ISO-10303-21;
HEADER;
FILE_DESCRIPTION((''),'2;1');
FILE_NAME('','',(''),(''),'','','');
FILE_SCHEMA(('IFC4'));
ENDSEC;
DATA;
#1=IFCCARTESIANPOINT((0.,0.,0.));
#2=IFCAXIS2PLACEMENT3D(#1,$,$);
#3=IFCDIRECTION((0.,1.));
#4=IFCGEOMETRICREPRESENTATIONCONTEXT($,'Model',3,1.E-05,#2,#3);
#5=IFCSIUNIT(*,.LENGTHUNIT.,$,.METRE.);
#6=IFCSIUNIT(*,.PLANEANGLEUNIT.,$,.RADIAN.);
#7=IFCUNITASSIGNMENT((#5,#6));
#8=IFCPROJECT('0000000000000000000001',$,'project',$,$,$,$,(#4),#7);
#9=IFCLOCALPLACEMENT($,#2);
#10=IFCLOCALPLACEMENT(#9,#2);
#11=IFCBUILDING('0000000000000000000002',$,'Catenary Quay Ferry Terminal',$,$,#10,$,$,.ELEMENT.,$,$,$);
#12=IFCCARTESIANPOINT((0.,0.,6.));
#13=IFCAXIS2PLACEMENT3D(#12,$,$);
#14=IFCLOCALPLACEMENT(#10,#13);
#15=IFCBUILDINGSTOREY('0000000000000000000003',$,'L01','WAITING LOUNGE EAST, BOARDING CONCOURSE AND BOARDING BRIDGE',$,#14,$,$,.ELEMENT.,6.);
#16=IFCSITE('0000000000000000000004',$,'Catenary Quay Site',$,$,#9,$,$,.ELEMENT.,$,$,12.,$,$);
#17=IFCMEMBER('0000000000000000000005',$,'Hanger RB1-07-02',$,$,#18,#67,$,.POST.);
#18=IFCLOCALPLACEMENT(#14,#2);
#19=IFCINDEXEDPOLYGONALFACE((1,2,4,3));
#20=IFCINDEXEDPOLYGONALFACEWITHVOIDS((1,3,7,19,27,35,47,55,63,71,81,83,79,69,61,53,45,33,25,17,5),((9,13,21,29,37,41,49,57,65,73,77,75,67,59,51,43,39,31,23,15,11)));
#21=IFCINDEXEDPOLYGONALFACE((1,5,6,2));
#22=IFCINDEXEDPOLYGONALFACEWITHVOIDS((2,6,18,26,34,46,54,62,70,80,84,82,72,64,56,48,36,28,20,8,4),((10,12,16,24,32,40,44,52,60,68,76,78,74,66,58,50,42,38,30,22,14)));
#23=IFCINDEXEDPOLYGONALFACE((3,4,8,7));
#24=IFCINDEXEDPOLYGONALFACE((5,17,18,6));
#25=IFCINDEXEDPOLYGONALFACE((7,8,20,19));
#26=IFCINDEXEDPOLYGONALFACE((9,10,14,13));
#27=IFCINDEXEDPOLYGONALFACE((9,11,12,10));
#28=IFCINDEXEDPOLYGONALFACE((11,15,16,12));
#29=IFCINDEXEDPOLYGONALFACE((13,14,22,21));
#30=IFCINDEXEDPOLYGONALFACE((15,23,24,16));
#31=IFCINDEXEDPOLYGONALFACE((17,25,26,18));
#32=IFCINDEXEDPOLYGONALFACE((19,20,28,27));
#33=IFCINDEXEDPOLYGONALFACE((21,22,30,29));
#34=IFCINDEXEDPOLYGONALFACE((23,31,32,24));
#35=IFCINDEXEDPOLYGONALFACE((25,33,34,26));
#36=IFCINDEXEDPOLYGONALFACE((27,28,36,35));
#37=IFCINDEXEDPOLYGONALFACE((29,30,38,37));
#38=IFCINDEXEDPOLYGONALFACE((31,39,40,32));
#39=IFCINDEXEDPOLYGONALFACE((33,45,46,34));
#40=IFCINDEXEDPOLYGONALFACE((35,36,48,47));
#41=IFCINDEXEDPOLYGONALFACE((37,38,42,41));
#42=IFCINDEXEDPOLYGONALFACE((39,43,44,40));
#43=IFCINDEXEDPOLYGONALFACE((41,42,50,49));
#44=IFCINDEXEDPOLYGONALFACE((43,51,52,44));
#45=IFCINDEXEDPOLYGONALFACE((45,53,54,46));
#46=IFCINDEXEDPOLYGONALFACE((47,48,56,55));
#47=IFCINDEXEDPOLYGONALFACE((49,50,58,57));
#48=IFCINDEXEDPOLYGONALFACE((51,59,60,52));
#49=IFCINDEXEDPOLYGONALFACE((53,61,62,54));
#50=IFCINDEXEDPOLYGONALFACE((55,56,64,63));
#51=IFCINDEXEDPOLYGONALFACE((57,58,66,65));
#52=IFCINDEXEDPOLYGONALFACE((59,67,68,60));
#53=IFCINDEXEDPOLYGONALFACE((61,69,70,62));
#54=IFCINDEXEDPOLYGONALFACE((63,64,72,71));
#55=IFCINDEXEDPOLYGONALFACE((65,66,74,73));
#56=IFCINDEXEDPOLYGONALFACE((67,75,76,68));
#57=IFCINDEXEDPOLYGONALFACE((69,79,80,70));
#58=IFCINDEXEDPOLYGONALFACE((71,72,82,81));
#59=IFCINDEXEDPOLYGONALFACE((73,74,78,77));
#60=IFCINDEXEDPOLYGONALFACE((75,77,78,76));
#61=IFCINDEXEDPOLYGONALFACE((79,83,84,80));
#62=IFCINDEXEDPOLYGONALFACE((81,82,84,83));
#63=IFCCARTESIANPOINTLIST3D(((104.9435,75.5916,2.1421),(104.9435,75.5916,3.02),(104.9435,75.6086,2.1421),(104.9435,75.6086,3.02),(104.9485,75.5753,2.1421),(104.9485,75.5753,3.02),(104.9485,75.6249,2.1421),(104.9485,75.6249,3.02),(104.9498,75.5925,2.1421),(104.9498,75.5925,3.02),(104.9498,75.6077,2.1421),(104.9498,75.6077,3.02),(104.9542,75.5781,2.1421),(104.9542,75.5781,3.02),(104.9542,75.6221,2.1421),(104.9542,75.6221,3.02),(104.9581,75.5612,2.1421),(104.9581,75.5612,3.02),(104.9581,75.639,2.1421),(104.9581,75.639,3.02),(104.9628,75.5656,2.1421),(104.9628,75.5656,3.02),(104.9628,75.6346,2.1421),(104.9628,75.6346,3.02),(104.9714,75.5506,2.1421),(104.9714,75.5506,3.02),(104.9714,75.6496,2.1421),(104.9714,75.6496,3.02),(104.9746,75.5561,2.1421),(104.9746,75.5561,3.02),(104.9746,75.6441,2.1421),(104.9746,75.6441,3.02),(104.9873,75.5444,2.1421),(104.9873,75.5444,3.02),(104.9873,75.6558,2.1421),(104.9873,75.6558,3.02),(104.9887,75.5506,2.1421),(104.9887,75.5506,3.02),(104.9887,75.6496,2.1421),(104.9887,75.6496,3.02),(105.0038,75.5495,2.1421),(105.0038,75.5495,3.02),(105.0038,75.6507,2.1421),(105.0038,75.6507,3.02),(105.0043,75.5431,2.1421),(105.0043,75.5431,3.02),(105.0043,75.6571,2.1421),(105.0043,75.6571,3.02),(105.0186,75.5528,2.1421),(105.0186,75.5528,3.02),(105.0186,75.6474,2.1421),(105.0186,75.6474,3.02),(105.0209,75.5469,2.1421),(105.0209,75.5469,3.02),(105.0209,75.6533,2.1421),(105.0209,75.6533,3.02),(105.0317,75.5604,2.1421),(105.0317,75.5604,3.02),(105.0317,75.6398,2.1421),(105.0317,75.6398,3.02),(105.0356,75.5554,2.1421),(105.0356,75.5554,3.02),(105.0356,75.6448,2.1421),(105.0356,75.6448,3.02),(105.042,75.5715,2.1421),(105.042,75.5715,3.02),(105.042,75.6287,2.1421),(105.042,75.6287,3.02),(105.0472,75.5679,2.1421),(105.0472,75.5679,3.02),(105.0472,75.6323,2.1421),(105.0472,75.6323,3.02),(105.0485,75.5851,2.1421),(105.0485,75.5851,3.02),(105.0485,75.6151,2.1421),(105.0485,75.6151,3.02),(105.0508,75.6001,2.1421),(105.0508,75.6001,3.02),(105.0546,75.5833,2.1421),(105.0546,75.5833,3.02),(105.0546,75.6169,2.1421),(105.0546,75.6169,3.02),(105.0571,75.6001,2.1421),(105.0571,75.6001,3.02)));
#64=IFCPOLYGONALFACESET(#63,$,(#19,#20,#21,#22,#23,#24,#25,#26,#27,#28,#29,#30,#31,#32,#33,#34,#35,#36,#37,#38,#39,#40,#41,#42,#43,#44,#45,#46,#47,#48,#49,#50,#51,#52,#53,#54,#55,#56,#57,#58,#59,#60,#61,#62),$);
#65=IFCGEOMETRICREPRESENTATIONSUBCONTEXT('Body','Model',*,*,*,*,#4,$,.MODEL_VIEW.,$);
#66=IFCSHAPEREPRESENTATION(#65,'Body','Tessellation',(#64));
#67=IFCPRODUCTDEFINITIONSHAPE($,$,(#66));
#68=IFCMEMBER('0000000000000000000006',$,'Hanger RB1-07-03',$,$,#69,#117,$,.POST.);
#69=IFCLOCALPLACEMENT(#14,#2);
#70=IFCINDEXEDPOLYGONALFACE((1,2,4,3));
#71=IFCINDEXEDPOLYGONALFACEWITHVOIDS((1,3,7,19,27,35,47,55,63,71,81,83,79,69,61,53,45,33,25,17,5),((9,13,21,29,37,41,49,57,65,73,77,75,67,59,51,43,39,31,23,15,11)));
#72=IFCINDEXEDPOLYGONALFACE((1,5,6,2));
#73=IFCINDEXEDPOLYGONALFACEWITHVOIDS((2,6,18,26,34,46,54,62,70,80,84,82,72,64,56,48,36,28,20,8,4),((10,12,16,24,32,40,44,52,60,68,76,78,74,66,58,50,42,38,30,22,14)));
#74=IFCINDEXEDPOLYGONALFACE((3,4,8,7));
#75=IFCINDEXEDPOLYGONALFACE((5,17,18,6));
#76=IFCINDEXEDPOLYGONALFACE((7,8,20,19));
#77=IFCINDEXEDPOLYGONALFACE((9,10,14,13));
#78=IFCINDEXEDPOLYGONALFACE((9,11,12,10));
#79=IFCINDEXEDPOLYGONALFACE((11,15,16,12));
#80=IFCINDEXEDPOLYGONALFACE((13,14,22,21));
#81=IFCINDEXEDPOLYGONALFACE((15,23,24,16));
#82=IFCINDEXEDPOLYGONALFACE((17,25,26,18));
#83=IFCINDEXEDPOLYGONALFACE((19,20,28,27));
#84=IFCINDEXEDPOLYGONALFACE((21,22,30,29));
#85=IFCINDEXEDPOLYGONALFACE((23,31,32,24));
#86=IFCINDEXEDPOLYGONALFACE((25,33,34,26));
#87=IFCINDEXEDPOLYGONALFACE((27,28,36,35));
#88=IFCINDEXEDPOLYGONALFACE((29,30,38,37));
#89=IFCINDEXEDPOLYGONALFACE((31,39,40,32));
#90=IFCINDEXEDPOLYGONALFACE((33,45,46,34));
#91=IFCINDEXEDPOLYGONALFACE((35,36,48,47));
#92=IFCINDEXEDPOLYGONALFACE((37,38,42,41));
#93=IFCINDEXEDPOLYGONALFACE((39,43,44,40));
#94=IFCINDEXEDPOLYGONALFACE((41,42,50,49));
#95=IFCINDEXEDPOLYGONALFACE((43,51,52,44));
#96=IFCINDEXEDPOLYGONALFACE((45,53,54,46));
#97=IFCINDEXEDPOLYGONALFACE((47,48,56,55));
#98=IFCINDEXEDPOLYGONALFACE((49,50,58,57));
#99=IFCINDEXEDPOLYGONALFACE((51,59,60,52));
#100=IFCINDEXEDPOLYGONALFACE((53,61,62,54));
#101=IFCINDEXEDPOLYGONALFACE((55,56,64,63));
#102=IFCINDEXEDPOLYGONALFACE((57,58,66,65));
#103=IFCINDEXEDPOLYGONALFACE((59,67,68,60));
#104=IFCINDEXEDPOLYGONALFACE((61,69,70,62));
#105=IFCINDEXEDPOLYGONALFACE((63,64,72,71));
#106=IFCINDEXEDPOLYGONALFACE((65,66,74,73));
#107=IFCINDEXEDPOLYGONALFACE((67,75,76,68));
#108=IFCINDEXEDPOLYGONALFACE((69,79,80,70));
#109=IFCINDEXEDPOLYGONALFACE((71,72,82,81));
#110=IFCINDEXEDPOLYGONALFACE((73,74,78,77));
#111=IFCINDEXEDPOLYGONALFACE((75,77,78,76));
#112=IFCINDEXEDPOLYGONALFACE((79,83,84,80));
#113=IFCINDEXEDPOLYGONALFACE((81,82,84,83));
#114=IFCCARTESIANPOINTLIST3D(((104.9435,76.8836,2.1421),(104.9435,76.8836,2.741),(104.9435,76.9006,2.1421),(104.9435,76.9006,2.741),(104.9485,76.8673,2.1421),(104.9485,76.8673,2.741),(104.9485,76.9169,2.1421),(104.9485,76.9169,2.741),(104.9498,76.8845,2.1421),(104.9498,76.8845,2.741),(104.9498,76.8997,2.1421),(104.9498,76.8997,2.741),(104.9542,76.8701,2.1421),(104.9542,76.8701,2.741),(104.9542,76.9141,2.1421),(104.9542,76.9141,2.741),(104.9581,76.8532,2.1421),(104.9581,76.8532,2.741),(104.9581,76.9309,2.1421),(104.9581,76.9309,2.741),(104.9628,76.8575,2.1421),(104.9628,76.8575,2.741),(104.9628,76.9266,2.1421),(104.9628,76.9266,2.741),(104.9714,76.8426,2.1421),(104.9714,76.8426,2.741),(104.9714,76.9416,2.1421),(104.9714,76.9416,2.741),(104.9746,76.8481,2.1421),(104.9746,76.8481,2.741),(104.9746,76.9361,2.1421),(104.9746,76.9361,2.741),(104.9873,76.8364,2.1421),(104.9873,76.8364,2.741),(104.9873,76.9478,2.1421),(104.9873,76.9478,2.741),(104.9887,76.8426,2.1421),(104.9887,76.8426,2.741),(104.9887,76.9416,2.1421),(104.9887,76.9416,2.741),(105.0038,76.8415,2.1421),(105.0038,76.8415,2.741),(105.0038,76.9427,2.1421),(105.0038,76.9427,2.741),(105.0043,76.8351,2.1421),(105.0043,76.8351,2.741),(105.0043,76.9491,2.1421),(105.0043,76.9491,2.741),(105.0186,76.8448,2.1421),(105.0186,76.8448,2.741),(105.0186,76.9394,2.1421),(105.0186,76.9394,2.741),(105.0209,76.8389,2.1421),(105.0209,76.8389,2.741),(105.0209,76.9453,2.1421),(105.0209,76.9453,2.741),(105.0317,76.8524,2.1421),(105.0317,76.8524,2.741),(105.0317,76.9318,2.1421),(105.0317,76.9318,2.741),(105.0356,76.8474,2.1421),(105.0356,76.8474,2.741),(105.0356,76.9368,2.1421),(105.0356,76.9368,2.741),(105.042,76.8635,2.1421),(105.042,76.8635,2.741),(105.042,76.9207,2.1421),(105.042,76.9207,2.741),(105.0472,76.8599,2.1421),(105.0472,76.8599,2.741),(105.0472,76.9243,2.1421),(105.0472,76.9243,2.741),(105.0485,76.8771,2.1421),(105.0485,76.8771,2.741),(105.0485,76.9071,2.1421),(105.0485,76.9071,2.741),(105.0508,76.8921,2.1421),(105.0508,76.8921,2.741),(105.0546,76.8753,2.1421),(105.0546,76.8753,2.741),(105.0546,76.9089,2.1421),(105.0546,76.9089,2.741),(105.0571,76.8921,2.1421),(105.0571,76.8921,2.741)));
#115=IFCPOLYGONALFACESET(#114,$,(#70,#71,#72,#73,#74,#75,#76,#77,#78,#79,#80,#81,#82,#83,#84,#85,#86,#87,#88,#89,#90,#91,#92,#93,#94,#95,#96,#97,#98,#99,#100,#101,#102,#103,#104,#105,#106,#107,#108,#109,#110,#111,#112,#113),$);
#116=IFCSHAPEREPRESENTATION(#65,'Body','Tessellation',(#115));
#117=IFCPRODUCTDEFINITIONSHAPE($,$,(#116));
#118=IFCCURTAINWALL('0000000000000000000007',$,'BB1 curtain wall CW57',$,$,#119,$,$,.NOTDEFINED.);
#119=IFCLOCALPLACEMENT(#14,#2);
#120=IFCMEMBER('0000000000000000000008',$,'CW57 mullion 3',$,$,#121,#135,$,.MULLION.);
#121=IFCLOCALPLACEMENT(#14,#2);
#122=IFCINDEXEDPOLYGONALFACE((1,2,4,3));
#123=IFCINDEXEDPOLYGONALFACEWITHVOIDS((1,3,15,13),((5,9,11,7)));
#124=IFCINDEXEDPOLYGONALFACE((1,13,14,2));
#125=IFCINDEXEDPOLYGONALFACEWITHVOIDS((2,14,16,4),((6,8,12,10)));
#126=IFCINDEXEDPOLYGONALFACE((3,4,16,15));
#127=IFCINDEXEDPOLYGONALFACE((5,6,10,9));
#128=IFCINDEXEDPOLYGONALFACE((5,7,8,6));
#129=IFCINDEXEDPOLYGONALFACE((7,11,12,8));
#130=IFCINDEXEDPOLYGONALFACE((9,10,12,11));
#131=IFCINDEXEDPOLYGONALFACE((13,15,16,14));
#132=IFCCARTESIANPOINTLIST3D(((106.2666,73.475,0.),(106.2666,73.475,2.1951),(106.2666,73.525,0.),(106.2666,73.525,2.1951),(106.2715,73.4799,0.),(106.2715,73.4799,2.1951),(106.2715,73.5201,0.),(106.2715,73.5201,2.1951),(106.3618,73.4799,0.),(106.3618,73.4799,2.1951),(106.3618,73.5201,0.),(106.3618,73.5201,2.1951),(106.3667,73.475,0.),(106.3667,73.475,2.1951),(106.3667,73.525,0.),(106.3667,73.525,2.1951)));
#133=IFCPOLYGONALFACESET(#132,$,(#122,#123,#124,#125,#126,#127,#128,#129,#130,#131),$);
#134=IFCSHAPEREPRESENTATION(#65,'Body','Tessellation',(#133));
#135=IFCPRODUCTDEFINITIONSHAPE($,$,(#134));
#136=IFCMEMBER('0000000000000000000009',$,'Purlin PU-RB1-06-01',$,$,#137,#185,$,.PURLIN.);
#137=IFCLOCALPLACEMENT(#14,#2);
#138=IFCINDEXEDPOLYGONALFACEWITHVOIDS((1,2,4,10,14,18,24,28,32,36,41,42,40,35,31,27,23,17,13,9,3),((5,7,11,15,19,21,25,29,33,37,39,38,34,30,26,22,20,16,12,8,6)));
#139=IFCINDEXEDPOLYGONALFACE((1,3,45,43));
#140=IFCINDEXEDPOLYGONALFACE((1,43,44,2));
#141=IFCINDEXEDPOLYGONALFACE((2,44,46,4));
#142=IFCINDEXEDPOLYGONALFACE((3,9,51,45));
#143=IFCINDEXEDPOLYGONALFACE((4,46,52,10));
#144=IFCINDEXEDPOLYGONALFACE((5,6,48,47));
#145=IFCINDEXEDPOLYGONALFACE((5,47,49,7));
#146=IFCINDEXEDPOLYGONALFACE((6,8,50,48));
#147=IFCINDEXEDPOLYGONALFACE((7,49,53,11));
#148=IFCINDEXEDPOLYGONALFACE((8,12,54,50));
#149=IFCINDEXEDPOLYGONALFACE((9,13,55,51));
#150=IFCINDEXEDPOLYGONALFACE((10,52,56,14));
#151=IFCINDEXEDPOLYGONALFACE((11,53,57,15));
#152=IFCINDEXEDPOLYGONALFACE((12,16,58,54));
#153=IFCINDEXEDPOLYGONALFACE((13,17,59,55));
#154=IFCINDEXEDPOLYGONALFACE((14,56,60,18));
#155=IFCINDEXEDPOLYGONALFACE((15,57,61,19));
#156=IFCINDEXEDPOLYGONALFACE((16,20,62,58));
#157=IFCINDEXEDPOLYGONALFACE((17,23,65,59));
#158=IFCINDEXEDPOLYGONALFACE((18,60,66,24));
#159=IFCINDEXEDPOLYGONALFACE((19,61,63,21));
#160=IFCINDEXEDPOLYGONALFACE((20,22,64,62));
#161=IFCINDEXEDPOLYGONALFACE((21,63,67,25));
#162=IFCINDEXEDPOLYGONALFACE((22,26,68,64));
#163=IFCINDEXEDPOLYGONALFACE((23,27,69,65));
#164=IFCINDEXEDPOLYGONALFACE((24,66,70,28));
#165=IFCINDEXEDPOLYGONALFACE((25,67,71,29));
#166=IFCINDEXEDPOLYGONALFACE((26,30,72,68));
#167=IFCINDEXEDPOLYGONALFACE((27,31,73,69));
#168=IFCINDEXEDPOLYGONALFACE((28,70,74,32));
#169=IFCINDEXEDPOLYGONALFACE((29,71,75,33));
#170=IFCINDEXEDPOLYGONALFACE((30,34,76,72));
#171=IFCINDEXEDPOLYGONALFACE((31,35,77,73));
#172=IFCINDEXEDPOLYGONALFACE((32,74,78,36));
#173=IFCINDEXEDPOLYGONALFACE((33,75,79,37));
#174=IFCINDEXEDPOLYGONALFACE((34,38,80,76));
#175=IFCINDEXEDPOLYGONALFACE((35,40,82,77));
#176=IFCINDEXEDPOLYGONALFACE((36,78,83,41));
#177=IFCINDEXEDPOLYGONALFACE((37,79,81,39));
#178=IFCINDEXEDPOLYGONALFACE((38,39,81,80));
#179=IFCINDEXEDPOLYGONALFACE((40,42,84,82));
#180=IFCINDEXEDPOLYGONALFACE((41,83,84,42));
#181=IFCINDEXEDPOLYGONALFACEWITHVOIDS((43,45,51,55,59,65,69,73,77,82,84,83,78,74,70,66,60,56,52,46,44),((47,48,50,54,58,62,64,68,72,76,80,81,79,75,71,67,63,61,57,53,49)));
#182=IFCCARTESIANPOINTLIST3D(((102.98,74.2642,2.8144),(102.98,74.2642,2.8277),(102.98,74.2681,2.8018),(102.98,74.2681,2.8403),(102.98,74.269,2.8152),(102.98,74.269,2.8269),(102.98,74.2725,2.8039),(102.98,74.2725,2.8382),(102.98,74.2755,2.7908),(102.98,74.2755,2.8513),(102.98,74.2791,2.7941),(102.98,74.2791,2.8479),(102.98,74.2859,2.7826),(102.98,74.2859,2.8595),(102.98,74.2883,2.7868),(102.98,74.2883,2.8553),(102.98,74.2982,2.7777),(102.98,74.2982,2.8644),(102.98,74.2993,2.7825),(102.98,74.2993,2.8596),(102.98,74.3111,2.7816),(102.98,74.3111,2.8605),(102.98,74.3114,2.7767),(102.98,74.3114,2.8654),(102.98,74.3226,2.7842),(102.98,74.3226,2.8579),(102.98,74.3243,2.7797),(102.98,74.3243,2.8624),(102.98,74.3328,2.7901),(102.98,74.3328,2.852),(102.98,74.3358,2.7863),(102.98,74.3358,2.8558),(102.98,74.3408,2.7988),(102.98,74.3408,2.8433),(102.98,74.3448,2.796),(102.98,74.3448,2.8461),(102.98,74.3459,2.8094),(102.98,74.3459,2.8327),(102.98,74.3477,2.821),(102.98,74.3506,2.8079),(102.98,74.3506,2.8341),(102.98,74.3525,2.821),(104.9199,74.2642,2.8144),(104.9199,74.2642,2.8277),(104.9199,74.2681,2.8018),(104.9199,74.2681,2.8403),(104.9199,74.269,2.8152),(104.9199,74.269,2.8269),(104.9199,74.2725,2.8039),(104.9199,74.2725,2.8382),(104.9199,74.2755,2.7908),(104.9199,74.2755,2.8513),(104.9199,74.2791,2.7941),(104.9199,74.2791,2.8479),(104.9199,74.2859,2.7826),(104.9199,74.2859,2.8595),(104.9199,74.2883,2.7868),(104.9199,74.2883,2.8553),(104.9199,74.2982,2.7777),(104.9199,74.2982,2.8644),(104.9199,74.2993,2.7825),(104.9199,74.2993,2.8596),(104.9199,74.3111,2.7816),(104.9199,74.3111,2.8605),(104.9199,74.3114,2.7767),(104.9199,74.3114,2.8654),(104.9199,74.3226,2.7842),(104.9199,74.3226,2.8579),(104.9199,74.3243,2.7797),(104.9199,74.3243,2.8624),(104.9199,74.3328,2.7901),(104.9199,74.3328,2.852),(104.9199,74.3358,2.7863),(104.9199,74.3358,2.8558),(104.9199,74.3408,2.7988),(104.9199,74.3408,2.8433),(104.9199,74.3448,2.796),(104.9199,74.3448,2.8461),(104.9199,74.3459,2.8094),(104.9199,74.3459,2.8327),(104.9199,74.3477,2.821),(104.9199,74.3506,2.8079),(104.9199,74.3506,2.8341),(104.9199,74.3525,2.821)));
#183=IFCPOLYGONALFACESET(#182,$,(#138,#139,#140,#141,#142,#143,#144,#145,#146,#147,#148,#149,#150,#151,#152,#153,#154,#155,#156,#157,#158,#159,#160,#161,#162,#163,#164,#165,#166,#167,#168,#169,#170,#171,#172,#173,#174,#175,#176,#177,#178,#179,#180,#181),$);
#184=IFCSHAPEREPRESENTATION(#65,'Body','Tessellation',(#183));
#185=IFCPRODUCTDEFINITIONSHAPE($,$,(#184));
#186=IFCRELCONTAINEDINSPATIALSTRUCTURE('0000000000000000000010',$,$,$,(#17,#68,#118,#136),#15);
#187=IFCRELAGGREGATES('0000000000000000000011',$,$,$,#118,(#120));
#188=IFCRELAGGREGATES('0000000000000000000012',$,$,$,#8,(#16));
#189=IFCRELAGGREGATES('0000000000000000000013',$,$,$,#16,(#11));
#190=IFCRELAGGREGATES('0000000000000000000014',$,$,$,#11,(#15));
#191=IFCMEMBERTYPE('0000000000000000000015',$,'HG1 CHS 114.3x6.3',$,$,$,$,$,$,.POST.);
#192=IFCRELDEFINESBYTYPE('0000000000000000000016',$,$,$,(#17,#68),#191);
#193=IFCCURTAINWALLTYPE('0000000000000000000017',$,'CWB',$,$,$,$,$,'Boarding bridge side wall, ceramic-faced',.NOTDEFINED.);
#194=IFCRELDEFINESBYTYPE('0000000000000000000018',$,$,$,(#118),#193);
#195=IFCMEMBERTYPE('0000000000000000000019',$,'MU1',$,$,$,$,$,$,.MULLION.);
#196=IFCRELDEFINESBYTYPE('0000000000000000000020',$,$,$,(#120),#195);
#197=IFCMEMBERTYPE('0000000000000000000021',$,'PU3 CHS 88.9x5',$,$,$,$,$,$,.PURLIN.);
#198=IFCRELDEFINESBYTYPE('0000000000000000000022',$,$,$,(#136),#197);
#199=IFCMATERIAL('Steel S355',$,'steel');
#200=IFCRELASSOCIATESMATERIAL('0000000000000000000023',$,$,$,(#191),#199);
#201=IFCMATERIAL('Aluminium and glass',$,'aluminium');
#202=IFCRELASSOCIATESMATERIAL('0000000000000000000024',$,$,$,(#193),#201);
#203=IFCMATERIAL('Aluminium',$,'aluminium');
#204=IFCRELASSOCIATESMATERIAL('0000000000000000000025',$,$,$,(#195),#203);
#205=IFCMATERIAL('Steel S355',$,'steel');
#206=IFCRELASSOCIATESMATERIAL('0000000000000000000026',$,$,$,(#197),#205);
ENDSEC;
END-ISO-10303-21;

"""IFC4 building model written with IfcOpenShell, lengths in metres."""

from ifc_helpers import new_model, si_unit, direction, frame, origin, origin_2d, place, context, subcontext, project, spatial, hollow_rectangle, hollow_circle, extrude, material, material_profile, profile_set, type_object, element, aggregate, save


model = new_model("IFC4")

# Units and contexts
model_context = context("Model", 3, precision=1e-05, world=origin(), true_north=direction((0.0, 1.0)))
body_context = subcontext(model_context, "Body", "Model", "MODEL_VIEW")
ifc_project = project(units=[si_unit("LENGTHUNIT", "METRE"), si_unit("PLANEANGLEUNIT", "RADIAN")], contexts=[model_context])

# Site, building, storey
site_placement = place(None, origin())
site = spatial("IfcSite", under=ifc_project, at=site_placement, Name="Catenary Quay Site", CompositionType="ELEMENT", RefElevation=12.0)
building_placement = place(site_placement, origin())
building = spatial("IfcBuilding", under=site, at=building_placement, Name="Catenary Quay Ferry Terminal", CompositionType="ELEMENT")
storey_placement = place(building_placement, frame((0.0, 0.0, 6.0)))
storey = spatial("IfcBuildingStorey", under=building, at=storey_placement, Name="L01", Description="WAITING LOUNGE EAST, BOARDING CONCOURSE AND BOARDING BRIDGE", CompositionType="ELEMENT", Elevation=6.0)

# Members
ifc_material_1 = material(Name="Steel S355", Category="steel")
ifc_material_profile_1 = material_profile(ifc_material_1, hollow_circle(Radius=0.0571, WallThickness=0.0063, at=origin_2d()), Name="CHS 114.3x6.3")
ifc_profile_set_1 = profile_set([ifc_material_profile_1], Name="Steel S355")
member_type_1 = type_object("IfcMemberType", Name="HG1 CHS 114.3x6.3", PredefinedType="POST", material=ifc_profile_set_1)
member_1_placement = place(storey_placement, frame((105.0, 75.6001, 2.1421), z_axis=(0.0, 0.0, 1.0), x_axis=(1.0, 0.0, 0.0)))
element("IfcMember", 1, at=member_1_placement, inside=storey, type_object=member_type_1, Name="Hanger RB1-07-02", PredefinedType="POST", context=body_context, shape_type="SweptSolid", body=[
    extrude(hollow_circle(Radius=0.0571, WallThickness=0.0063, at=origin_2d()), origin(), (0.0, 0.0, 1.0), 0.8779),
])
member_2_placement = place(storey_placement, frame((105.0, 76.8921, 2.1421), z_axis=(0.0, 0.0, 1.0), x_axis=(1.0, 0.0, 0.0)))
element("IfcMember", 2, at=member_2_placement, inside=storey, type_object=member_type_1, Name="Hanger RB1-07-03", PredefinedType="POST", context=body_context, shape_type="SweptSolid", body=[
    extrude(hollow_circle(Radius=0.0571, WallThickness=0.0063, at=origin_2d()), origin(), (0.0, 0.0, 1.0), 0.5989),
])

# Curtain wall, member
ifc_material_2 = material(Name="Aluminium and glass", Category="aluminium")
curtain_wall_type = type_object("IfcCurtainWallType", Name="CWB", ElementType="Boarding bridge side wall, ceramic-faced", PredefinedType="NOTDEFINED", material=ifc_material_2)
curtain_wall_placement = place(storey_placement, origin())
curtain_wall = element("IfcCurtainWall", 3, at=curtain_wall_placement, inside=storey, type_object=curtain_wall_type, Name="BB1 curtain wall CW57", PredefinedType="NOTDEFINED")
ifc_material_3 = material(Name="Aluminium", Category="aluminium")
ifc_material_profile_2 = material_profile(ifc_material_3, hollow_rectangle(XDim=0.05, YDim=0.1001, WallThickness=0.0049, at=origin_2d()), Name="MU1")
ifc_profile_set_2 = profile_set([ifc_material_profile_2], Name="Aluminium")
member_type_2 = type_object("IfcMemberType", Name="MU1", PredefinedType="MULLION", material=ifc_profile_set_2)
member_3_placement = place(storey_placement, frame((106.3167, 73.5, 0.0), z_axis=(0.0, 0.0, 1.0), x_axis=(0.0, 1.0, 0.0)))
member_3 = element("IfcMember", 4, at=member_3_placement, type_object=member_type_2, Name="CW57 mullion 3", PredefinedType="MULLION", context=body_context, shape_type="SweptSolid", body=[
    extrude(hollow_rectangle(XDim=0.05, YDim=0.1001, WallThickness=0.0049, at=origin_2d()), origin(), (0.0, 0.0, 1.0), 2.1951),
])

# Member
ifc_material_4 = material(Name="Steel S355", Category="steel")
ifc_material_profile_3 = material_profile(ifc_material_4, hollow_circle(Radius=0.0444, WallThickness=0.0049, at=origin_2d()), Name="CHS 88.9x5")
ifc_profile_set_3 = profile_set([ifc_material_profile_3], Name="Steel S355")
member_type_3 = type_object("IfcMemberType", Name="PU3 CHS 88.9x5", PredefinedType="PURLIN", material=ifc_profile_set_3)
for number, where, z_axis, x_axis, name in (
    (5, (102.98, 74.3081, 2.821), (1.0, 0.0, 0.0), (0.0, 1.0, 0.0), "Purlin PU-RB1-06-01"),
):
    element("IfcMember", number, at=place(storey_placement, frame(where, z_axis=z_axis, x_axis=x_axis)), inside=storey, type_object=member_type_3, Name=name, PredefinedType="PURLIN", context=body_context, shape_type="SweptSolid", body=[
        extrude(hollow_circle(Radius=0.0444, WallThickness=0.0049, at=origin_2d()), origin(), (0.0, 0.0, 1.0), 1.9399),
    ])

aggregate(curtain_wall, [member_3])

save(model, "model.ifc")
